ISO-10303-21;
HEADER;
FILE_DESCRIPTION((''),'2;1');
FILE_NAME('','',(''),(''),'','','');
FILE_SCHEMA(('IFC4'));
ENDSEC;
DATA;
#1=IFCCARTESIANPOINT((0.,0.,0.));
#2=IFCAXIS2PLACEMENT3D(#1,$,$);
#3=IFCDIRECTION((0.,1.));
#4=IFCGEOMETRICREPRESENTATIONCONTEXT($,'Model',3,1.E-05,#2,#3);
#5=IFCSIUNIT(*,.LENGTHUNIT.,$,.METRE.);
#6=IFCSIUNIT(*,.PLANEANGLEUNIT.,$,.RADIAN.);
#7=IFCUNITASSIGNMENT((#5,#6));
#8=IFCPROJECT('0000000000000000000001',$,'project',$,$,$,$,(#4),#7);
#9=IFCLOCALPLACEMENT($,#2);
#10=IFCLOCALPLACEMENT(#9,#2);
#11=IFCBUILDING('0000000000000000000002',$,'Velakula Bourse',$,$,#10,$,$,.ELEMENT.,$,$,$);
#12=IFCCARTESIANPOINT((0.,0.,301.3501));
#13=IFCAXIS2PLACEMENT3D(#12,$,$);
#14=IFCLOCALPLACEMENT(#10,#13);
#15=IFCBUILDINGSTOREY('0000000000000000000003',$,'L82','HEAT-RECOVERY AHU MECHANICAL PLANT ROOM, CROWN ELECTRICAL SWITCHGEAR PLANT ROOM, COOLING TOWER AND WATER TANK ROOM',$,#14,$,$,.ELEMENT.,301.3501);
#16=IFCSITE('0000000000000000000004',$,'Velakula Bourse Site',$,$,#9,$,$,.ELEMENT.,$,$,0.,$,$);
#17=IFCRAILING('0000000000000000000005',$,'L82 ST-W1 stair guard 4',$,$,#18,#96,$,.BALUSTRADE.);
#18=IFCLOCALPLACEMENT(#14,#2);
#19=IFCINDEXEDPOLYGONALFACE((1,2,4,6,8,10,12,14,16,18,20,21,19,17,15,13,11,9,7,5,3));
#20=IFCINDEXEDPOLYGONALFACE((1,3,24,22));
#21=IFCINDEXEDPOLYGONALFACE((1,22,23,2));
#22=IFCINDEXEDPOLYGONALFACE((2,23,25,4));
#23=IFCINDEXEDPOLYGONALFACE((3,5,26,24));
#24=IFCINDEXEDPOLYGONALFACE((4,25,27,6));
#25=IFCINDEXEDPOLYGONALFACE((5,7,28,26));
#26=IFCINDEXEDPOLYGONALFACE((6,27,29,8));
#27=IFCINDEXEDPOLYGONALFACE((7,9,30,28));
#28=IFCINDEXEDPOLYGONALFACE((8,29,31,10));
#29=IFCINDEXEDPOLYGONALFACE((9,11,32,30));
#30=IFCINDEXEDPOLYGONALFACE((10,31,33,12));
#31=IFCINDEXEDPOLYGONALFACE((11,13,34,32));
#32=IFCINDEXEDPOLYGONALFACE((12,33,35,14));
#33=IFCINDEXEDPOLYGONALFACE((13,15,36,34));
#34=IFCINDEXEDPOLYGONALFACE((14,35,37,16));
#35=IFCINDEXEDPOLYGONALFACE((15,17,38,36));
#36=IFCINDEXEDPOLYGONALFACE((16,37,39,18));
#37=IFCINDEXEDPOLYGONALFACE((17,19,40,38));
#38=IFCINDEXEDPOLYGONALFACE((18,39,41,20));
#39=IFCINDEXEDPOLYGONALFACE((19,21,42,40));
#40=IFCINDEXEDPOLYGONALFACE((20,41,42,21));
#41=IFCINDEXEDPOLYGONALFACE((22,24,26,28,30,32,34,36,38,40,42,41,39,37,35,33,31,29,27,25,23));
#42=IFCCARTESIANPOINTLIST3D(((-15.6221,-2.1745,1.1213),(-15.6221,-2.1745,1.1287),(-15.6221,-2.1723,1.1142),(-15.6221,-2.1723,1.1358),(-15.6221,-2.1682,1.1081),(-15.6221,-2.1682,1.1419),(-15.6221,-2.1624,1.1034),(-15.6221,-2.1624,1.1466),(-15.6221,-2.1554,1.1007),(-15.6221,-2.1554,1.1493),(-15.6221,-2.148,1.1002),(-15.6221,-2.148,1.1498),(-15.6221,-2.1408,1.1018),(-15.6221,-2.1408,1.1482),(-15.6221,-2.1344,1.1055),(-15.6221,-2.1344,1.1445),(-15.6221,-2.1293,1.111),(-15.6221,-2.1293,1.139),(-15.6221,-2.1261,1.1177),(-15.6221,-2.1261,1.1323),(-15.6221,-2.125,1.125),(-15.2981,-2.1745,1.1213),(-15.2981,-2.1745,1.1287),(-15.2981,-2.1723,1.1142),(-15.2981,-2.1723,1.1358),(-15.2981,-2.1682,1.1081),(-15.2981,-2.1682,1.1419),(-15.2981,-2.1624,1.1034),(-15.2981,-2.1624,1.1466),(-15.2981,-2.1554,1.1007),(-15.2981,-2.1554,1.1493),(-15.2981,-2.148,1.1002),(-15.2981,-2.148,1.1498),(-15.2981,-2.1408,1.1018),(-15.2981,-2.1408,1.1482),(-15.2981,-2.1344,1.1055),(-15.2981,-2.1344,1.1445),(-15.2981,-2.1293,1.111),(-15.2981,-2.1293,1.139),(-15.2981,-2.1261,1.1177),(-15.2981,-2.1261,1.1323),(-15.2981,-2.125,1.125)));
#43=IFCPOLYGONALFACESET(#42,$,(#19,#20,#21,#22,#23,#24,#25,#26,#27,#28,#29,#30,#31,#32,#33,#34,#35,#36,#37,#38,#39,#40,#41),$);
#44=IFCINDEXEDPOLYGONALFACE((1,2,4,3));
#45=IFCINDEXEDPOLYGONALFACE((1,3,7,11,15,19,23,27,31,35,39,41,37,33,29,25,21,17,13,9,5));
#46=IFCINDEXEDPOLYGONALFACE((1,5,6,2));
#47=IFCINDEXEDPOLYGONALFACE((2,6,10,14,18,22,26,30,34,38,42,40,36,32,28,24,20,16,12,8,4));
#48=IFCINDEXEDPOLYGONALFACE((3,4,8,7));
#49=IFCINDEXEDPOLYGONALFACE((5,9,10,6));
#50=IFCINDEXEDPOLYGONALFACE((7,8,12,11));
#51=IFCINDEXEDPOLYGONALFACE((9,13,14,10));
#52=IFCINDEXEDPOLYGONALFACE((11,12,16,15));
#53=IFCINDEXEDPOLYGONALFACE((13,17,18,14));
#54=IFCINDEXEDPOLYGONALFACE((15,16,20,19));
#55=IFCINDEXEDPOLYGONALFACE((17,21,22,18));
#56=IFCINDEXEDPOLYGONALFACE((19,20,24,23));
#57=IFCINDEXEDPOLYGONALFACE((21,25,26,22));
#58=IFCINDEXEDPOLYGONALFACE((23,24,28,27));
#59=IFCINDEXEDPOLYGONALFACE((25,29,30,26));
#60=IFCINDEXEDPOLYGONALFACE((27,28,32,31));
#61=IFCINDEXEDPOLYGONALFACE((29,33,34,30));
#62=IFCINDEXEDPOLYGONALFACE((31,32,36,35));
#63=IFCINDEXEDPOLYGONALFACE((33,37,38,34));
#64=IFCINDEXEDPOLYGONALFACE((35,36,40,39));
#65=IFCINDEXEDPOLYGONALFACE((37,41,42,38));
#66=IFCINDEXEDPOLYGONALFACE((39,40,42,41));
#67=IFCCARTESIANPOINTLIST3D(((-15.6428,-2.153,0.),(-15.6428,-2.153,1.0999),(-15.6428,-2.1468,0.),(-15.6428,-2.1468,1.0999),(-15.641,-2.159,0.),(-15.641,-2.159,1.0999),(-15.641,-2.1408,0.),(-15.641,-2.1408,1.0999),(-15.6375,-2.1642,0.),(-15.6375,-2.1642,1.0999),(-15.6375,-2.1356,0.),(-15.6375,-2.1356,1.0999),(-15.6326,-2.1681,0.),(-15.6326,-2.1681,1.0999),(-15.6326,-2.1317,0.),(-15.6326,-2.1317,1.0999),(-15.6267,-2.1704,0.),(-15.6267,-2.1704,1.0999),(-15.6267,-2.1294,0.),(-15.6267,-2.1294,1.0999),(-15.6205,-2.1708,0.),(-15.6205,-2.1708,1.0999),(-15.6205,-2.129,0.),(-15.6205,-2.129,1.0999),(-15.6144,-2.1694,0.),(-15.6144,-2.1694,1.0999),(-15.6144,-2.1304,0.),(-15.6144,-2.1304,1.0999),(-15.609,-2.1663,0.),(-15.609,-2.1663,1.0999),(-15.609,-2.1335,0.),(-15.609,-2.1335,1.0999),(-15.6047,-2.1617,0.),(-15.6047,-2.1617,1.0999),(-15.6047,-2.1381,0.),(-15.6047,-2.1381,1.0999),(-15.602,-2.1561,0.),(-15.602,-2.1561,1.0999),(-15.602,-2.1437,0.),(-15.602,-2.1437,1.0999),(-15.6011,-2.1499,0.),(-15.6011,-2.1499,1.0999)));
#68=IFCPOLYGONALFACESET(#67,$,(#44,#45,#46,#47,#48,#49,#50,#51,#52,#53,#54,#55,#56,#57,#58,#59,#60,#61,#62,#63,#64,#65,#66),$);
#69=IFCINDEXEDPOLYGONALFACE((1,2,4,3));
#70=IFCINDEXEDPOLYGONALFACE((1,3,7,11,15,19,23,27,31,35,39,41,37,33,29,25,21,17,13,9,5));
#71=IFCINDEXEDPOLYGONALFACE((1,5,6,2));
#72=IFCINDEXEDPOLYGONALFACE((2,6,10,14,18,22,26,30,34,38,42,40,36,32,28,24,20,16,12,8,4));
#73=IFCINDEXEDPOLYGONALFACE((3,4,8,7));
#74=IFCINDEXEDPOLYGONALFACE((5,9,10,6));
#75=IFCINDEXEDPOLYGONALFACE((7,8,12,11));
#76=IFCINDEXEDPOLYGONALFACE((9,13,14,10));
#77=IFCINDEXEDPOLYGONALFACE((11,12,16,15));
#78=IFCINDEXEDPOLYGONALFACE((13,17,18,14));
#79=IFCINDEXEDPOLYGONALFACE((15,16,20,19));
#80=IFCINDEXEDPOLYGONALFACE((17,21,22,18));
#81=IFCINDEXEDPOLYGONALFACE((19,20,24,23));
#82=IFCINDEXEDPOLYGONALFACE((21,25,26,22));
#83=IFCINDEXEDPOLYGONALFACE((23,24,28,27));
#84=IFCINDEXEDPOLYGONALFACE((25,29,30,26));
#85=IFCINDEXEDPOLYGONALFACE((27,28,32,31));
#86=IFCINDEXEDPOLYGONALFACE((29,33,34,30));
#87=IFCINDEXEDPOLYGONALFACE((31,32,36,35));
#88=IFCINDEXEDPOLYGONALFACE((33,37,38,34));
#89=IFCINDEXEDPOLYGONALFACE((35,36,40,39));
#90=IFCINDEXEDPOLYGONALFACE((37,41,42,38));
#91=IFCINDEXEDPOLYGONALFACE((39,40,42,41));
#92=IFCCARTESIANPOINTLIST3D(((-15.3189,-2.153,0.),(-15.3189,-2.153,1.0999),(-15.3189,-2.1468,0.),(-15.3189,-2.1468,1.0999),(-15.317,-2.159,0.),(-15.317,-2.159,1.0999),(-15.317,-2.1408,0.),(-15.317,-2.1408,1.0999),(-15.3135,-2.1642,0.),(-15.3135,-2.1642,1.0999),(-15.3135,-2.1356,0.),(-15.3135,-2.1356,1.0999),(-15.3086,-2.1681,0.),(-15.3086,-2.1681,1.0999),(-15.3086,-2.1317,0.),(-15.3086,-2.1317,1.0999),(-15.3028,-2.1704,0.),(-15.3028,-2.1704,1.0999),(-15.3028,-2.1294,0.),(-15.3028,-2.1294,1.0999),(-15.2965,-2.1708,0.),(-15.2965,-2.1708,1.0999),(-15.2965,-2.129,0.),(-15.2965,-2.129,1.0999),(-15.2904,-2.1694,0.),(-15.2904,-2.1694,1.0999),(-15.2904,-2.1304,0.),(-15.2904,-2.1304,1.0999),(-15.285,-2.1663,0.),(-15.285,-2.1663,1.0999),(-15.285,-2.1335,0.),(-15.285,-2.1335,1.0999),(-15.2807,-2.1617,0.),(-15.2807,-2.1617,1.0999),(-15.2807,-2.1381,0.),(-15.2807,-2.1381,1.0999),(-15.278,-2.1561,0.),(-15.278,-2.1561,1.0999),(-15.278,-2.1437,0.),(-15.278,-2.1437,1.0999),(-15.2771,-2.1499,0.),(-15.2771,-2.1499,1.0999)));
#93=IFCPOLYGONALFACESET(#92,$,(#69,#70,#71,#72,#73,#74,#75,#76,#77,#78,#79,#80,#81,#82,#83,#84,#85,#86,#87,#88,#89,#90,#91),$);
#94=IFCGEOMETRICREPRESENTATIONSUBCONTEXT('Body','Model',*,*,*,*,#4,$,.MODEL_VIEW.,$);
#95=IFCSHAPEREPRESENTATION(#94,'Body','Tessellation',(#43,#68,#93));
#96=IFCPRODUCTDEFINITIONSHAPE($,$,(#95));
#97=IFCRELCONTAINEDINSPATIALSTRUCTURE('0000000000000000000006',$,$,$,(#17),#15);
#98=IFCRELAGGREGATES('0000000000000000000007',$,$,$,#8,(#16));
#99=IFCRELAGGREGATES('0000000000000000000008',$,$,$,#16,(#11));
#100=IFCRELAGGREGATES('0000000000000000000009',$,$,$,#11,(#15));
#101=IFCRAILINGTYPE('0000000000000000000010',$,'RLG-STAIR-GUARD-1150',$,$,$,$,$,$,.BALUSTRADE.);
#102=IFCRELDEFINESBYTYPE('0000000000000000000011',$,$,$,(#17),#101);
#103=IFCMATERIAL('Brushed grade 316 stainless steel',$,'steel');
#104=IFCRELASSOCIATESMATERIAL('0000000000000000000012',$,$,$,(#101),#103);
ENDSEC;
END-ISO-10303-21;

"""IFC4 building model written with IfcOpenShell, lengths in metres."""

from ifc_helpers import new_model, si_unit, direction, frame, origin, origin_2d, place, context, subcontext, project, spatial, circle, extrude, material, type_object, element, save


model = new_model("IFC4")

# Units and contexts
model_context = context("Model", 3, precision=1e-05, world=origin(), true_north=direction((0.0, 1.0)))
body_context = subcontext(model_context, "Body", "Model", "MODEL_VIEW")
ifc_project = project(units=[si_unit("LENGTHUNIT", "METRE"), si_unit("PLANEANGLEUNIT", "RADIAN")], contexts=[model_context])

# Site, building, storey
site_placement = place(None, origin())
site = spatial("IfcSite", under=ifc_project, at=site_placement, Name="Velakula Bourse Site", CompositionType="ELEMENT", RefElevation=0.0)
building_placement = place(site_placement, origin())
building = spatial("IfcBuilding", under=site, at=building_placement, Name="Velakula Bourse", CompositionType="ELEMENT")
storey_placement = place(building_placement, frame((0.0, 0.0, 301.3501)))
storey = spatial("IfcBuildingStorey", under=building, at=storey_placement, Name="L82", Description="HEAT-RECOVERY AHU MECHANICAL PLANT ROOM, CROWN ELECTRICAL SWITCHGEAR PLANT ROOM, COOLING TOWER AND WATER TANK ROOM", CompositionType="ELEMENT", Elevation=301.3501)

# Railing
ifc_material_1 = material(Name="Brushed grade 316 stainless steel", Category="steel")
railing_type = type_object("IfcRailingType", Name="RLG-STAIR-GUARD-1150", PredefinedType="BALUSTRADE", material=ifc_material_1)
railing_1_placement = place(storey_placement, frame((-15.6221, -2.1499, 0.0)))
element("IfcRailing", 1, at=railing_1_placement, inside=storey, type_object=railing_type, Name="L82 ST-W1 stair guard 4", PredefinedType="BALUSTRADE", context=body_context, shape_type="SweptSolid", body=[
    extrude(circle(Radius=0.0249, at=origin_2d()), frame((0.0, 0.0, 1.125), z_axis=(1.0, 0.0, 0.0), x_axis=(0.0, 1.0, 0.0)), (0.0, 0.0, 1.0), 0.324),
    extrude(circle(Radius=0.021, at=origin_2d()), origin(), (0.0, 0.0, 1.0), 1.0999),
    extrude(circle(Radius=0.021, at=origin_2d()), frame((0.324, 0.0, 0.0)), (0.0, 0.0, 1.0), 1.0999),
])

save(model, "model.ifc")
